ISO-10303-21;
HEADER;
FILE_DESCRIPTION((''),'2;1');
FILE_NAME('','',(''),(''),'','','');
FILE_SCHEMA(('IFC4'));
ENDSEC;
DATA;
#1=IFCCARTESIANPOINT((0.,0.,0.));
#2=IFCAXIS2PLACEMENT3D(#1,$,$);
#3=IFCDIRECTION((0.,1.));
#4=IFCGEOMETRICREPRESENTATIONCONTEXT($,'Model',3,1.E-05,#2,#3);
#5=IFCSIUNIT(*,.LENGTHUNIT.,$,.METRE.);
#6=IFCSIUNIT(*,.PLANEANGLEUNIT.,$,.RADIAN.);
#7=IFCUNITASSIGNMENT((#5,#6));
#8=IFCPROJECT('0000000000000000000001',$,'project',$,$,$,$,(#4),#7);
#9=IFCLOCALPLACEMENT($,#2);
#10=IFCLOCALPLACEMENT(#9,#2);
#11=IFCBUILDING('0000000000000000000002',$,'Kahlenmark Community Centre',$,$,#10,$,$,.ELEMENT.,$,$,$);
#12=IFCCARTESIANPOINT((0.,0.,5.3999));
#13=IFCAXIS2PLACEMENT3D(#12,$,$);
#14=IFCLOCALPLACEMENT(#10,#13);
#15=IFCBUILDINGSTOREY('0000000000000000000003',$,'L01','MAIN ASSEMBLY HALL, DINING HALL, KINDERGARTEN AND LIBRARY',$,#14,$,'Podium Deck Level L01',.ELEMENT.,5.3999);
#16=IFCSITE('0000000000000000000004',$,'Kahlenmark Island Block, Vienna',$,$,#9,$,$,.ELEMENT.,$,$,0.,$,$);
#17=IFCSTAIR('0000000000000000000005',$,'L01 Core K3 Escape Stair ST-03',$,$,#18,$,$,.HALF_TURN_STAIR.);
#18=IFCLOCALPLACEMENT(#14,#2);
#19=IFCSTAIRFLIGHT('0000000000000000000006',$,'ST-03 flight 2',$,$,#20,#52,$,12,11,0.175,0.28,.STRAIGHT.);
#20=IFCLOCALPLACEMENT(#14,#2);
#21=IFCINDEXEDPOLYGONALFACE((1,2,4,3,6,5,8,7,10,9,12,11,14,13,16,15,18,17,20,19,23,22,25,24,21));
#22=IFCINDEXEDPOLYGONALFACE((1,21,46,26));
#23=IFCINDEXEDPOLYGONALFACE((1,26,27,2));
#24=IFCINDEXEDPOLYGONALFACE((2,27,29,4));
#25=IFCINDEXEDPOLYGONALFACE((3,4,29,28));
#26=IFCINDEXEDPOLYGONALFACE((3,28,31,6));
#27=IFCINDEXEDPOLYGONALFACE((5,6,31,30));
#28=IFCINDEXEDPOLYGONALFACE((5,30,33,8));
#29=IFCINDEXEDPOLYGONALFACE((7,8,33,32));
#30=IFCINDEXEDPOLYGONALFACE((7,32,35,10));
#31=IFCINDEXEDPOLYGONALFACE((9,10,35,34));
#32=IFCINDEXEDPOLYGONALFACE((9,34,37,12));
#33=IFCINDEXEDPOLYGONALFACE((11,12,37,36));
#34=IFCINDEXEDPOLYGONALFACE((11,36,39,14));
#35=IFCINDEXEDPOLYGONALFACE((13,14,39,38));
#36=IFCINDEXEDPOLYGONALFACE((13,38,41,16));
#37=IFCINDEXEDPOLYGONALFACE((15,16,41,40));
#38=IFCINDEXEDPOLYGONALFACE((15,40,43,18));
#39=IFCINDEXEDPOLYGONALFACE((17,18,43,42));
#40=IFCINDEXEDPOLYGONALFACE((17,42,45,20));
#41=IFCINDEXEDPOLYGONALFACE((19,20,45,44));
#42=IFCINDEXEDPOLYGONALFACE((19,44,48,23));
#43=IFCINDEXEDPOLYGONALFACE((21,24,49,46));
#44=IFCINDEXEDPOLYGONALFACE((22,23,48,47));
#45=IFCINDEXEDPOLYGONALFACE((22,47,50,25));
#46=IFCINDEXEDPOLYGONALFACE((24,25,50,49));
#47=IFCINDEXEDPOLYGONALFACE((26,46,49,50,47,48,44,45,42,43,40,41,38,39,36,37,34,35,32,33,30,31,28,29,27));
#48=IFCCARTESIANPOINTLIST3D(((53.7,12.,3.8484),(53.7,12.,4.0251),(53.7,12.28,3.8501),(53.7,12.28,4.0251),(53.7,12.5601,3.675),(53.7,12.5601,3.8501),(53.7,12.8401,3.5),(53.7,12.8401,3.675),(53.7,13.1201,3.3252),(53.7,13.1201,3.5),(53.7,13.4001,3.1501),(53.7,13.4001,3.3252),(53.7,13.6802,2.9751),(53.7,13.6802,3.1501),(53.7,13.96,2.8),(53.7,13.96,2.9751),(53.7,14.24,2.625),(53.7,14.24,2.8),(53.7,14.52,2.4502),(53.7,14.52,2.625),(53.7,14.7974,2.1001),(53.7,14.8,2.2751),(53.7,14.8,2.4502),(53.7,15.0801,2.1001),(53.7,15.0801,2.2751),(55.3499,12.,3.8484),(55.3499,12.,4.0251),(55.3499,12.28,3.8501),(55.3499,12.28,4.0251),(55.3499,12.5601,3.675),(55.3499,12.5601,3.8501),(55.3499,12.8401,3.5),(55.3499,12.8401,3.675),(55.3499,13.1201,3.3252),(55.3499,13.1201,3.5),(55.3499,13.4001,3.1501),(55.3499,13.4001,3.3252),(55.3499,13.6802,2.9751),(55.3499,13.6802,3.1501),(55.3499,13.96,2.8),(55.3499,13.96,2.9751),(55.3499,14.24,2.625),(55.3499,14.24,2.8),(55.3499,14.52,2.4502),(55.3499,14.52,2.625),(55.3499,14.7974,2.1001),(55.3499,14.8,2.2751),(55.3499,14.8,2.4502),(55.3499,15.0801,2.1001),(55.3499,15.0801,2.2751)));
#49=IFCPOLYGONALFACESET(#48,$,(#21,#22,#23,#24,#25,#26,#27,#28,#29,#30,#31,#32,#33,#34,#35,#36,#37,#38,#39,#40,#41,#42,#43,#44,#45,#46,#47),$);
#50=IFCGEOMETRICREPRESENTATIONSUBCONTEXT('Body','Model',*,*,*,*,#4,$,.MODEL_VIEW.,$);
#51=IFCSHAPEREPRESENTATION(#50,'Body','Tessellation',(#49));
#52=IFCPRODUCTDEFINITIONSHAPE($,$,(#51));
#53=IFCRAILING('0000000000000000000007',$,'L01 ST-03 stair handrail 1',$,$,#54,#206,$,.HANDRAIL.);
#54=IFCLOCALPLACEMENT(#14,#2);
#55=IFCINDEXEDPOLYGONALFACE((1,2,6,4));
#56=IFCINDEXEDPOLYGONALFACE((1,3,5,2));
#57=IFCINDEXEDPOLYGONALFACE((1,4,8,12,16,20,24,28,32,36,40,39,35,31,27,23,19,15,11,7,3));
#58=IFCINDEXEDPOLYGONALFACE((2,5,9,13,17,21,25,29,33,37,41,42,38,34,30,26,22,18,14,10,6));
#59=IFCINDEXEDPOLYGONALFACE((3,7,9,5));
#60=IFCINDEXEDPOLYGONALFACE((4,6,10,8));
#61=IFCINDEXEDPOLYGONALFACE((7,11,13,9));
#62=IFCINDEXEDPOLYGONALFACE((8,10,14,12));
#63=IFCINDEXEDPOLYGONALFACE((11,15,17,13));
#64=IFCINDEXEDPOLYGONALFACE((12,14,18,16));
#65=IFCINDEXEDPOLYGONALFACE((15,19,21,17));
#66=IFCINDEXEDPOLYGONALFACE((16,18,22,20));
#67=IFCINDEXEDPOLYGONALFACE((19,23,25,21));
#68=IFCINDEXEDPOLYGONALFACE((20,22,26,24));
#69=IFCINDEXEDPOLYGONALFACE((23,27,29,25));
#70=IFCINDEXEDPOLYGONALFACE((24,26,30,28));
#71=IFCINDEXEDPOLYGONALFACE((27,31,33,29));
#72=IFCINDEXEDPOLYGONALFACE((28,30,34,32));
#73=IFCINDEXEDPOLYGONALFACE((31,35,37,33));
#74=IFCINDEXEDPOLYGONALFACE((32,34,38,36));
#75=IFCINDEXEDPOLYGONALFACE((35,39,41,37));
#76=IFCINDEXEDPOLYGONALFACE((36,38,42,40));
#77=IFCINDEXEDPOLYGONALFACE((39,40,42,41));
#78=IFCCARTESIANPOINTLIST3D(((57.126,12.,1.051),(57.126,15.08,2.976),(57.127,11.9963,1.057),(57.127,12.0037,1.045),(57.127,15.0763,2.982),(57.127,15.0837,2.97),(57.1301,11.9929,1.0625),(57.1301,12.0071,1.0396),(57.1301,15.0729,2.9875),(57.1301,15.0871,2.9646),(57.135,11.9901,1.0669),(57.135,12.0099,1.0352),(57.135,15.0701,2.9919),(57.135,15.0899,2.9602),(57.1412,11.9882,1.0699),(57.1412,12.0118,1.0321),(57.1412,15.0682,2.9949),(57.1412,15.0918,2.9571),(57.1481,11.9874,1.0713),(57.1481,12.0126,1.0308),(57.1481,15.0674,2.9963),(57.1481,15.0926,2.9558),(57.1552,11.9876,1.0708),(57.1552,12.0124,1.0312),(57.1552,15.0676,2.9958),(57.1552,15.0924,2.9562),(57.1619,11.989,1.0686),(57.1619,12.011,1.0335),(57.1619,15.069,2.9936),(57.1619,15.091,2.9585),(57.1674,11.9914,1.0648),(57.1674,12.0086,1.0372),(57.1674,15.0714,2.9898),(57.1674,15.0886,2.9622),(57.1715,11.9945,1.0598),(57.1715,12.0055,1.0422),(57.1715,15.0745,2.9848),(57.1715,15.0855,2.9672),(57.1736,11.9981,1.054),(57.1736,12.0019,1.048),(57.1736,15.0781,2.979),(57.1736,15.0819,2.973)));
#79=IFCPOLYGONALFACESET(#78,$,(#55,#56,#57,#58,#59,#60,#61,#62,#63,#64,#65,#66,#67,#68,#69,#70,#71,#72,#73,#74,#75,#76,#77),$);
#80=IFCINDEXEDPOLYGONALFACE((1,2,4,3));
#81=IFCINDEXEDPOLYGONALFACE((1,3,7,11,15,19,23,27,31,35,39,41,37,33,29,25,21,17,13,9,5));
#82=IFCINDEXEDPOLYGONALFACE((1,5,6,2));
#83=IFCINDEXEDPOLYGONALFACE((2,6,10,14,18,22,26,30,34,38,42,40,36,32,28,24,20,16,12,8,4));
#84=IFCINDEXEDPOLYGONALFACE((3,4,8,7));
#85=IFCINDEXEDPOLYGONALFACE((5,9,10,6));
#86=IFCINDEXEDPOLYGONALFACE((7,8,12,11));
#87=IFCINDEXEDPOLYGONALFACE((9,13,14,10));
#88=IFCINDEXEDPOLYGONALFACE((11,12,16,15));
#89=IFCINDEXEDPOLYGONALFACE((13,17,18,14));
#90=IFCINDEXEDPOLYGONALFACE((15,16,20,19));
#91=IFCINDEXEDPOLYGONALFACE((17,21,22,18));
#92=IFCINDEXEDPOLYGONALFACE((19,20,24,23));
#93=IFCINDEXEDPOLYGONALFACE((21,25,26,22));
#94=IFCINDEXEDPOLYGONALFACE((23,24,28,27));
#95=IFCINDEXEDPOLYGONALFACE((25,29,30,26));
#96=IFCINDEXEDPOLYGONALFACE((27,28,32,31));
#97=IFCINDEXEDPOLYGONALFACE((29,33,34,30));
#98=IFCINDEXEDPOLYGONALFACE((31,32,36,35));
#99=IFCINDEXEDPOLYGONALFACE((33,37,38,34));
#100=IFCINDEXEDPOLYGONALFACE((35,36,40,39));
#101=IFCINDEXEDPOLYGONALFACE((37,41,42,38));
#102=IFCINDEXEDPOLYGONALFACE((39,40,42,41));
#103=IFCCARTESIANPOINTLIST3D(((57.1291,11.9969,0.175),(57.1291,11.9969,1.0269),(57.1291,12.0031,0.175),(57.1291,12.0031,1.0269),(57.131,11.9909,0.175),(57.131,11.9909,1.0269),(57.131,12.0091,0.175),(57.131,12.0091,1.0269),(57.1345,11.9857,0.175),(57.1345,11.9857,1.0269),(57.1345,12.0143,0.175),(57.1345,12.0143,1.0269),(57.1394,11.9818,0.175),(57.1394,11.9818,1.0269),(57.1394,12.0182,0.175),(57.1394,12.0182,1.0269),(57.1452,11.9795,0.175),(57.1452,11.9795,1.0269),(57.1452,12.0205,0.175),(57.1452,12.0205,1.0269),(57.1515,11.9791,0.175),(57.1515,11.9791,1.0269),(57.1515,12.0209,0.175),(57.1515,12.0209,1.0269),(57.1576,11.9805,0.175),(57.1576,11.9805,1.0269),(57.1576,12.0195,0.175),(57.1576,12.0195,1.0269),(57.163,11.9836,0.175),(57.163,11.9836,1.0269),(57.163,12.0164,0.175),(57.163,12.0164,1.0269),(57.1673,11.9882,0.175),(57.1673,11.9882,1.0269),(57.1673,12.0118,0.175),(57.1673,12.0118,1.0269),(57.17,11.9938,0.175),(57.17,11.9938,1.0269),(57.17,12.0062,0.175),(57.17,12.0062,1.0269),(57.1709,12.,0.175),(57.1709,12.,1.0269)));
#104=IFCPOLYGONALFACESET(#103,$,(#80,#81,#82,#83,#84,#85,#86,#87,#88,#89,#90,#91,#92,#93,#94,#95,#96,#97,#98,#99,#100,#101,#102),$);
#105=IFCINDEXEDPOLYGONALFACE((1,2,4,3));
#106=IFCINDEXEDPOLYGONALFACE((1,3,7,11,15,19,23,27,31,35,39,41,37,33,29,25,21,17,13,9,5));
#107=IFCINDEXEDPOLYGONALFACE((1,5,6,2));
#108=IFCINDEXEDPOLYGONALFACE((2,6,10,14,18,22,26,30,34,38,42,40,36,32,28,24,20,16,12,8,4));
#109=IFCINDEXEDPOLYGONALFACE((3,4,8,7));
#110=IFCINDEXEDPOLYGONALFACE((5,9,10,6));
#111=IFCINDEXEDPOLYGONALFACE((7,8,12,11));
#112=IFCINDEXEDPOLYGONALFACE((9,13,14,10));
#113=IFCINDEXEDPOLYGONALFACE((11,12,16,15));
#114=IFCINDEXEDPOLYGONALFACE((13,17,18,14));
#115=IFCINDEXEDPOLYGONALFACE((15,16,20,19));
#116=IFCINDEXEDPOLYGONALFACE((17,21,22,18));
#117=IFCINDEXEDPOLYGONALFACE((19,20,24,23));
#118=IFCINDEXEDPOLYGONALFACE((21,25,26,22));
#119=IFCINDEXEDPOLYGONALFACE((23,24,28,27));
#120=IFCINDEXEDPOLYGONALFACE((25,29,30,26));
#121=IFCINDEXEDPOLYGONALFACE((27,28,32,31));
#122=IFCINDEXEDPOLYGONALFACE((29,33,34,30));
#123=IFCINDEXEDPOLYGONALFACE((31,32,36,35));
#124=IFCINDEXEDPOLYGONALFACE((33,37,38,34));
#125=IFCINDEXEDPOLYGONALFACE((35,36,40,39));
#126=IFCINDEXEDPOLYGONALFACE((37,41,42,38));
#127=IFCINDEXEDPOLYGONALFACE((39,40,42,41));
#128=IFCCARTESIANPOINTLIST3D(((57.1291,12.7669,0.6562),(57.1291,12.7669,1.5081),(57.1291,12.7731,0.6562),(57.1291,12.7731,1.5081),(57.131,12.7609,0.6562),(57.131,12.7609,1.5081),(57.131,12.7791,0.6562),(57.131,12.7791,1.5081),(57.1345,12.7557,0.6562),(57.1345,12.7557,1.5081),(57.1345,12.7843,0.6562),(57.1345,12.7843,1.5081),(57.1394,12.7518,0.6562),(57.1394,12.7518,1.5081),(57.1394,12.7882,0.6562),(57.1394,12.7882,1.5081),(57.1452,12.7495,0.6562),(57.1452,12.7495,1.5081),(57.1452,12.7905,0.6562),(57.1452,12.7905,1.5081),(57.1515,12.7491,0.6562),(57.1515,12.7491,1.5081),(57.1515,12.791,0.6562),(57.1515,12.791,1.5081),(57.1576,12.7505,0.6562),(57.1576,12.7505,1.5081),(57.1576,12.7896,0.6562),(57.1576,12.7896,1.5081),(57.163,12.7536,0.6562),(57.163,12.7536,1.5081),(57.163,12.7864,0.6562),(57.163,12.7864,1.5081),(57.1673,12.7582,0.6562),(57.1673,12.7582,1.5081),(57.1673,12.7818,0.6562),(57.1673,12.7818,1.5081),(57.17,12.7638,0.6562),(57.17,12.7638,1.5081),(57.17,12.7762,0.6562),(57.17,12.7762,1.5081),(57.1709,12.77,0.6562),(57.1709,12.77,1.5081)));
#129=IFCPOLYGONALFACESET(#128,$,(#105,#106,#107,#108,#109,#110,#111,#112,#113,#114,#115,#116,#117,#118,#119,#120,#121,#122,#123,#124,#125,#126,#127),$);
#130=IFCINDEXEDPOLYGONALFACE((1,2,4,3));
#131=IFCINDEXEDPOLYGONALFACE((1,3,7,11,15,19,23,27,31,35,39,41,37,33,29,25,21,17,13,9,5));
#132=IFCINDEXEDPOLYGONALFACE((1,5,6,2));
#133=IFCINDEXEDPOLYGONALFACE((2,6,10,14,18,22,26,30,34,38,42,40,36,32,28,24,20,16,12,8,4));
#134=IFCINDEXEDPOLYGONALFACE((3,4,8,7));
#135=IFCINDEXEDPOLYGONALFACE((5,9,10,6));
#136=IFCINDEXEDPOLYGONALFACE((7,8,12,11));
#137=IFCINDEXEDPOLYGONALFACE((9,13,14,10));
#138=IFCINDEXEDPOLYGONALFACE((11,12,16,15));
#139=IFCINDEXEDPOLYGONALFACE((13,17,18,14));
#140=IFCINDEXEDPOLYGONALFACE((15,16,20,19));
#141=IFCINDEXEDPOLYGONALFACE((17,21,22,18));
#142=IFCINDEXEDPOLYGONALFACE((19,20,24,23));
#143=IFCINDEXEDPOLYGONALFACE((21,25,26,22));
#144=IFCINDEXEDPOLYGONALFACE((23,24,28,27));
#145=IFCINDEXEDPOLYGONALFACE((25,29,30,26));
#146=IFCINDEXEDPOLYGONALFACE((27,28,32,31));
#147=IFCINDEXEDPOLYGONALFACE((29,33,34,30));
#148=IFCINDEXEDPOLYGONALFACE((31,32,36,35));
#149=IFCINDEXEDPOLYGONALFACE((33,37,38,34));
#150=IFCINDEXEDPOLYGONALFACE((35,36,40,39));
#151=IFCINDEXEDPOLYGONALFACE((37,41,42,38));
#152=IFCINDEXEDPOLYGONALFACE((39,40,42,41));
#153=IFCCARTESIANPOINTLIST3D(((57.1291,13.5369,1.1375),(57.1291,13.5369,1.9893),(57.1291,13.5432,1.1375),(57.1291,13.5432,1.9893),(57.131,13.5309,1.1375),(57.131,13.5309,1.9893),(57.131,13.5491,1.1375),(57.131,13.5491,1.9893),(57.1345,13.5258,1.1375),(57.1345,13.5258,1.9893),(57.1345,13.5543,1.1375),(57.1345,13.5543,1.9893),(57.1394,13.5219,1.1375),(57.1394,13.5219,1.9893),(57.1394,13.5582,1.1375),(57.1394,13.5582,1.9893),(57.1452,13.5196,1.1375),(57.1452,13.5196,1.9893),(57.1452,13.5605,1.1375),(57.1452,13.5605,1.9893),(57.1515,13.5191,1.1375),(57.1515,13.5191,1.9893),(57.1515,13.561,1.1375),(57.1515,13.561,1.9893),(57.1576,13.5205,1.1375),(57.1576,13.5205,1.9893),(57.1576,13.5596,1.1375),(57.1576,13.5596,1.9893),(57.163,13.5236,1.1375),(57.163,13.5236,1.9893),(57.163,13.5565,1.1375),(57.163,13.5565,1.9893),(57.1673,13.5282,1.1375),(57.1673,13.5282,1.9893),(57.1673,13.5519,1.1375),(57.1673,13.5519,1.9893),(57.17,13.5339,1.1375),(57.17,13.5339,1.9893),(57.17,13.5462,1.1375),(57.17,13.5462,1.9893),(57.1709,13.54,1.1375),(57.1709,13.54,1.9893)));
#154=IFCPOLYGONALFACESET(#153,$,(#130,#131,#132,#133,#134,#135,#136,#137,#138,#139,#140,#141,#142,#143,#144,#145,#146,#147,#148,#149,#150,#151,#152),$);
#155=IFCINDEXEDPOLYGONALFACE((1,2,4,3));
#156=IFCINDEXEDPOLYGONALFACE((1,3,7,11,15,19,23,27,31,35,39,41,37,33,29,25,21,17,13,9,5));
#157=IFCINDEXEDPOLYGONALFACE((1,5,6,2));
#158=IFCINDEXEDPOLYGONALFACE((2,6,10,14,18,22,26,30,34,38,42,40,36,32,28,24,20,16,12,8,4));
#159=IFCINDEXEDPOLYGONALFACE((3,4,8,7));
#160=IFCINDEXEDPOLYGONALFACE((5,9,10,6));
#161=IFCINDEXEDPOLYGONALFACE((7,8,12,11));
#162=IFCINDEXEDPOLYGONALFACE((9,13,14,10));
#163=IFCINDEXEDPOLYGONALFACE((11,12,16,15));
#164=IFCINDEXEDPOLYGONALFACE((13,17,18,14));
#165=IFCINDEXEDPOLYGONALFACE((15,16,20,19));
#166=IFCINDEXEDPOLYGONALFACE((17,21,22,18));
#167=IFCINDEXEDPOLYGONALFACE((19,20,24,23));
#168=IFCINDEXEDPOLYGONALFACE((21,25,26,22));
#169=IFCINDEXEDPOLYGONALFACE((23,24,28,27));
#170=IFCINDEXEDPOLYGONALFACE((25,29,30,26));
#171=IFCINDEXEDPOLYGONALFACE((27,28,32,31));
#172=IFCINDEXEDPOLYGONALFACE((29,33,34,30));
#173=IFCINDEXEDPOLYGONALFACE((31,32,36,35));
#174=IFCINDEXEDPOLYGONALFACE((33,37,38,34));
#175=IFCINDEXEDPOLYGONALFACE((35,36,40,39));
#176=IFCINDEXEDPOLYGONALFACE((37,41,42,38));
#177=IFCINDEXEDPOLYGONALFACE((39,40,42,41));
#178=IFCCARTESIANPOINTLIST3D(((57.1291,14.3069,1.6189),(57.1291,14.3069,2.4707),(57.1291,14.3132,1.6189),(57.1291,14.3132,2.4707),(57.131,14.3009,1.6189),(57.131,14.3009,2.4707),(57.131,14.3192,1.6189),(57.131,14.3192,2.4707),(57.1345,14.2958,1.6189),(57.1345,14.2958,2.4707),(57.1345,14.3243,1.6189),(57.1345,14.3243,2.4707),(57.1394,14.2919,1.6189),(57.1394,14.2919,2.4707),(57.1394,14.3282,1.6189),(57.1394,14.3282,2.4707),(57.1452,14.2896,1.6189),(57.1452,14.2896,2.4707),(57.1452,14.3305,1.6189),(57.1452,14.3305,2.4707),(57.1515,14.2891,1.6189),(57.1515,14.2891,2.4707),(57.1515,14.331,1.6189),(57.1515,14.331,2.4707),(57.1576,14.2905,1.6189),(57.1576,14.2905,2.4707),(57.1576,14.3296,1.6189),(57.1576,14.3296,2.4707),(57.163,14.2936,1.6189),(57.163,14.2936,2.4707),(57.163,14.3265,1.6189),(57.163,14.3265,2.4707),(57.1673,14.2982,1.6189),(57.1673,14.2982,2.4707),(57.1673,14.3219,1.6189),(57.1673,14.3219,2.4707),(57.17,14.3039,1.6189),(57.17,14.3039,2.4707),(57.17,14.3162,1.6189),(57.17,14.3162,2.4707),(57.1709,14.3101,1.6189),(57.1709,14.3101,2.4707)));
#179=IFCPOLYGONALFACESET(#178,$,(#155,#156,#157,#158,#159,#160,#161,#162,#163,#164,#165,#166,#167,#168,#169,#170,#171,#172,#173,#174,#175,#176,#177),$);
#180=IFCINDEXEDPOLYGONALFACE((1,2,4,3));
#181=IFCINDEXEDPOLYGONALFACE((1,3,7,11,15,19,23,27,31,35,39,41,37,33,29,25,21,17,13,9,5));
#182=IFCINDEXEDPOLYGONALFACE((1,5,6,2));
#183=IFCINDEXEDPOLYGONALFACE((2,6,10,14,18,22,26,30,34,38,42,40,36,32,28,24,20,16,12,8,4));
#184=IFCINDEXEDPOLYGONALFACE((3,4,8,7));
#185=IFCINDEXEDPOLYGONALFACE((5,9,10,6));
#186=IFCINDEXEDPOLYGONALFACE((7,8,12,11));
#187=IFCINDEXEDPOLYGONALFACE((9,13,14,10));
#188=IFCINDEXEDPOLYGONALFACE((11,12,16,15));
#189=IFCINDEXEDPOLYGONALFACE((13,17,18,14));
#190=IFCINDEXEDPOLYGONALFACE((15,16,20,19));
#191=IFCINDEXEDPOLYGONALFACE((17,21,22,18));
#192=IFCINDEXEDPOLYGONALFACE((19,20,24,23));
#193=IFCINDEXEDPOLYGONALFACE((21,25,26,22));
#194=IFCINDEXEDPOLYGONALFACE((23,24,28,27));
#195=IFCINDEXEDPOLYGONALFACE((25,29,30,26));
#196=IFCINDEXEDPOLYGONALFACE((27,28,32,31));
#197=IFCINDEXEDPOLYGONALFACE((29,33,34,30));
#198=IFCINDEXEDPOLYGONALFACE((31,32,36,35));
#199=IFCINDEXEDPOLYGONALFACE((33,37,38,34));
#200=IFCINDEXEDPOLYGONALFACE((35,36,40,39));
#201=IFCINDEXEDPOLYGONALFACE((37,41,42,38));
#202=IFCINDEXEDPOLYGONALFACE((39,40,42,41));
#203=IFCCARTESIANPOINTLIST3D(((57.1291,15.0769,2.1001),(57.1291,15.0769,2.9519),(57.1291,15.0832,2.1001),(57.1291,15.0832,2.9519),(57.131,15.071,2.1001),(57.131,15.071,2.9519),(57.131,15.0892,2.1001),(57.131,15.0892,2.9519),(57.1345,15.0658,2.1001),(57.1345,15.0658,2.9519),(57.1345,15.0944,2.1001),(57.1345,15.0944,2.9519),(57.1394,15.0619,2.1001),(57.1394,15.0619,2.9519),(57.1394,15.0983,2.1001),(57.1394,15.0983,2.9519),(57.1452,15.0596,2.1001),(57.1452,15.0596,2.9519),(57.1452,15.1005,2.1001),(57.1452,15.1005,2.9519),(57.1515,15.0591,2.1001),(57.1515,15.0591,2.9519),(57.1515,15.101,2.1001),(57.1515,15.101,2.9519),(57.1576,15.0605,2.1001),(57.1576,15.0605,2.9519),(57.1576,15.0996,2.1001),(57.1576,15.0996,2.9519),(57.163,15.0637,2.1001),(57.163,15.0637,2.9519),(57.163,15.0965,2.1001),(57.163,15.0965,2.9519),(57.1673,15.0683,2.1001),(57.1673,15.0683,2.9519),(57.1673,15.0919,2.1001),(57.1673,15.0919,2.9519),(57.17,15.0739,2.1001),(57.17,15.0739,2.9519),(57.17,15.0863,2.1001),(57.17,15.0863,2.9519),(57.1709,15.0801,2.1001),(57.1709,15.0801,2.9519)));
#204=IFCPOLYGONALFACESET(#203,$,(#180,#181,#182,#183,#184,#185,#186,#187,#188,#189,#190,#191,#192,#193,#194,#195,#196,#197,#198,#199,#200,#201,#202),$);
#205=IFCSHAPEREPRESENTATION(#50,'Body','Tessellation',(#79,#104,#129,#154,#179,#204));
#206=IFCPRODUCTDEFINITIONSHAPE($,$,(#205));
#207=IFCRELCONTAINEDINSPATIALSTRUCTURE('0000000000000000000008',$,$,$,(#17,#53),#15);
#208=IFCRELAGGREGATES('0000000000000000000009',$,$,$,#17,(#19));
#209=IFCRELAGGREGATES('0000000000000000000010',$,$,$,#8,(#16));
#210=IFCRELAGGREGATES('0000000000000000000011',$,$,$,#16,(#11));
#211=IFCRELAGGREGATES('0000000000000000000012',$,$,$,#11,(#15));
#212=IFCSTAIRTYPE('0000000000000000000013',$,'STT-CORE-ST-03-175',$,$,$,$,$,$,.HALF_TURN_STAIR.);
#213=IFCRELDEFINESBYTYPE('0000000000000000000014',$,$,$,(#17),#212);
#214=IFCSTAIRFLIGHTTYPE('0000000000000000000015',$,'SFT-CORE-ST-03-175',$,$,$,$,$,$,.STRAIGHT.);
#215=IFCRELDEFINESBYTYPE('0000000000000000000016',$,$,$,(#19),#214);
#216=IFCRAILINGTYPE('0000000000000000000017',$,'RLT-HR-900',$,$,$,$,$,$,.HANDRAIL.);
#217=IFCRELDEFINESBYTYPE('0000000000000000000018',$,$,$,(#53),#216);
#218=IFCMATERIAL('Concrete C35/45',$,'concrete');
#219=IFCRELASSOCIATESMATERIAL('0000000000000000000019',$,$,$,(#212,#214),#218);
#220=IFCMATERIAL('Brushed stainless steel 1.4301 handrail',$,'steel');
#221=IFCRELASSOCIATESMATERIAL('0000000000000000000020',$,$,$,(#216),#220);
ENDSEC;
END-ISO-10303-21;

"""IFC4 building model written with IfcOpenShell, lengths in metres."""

from ifc_helpers import new_model, si_unit, direction, frame, origin, origin_2d, place, context, subcontext, project, spatial, polyline, circle, outline, extrude, material, type_object, element, aggregate, save


model = new_model("IFC4")

# Units and contexts
model_context = context("Model", 3, precision=1e-05, world=origin(), true_north=direction((0.0, 1.0)))
body_context = subcontext(model_context, "Body", "Model", "MODEL_VIEW")
ifc_project = project(units=[si_unit("LENGTHUNIT", "METRE"), si_unit("PLANEANGLEUNIT", "RADIAN")], contexts=[model_context])

# Site, building, storey
site_placement = place(None, origin())
site = spatial("IfcSite", under=ifc_project, at=site_placement, Name="Kahlenmark Island Block, Vienna", CompositionType="ELEMENT", RefElevation=0.0)
building_placement = place(site_placement, origin())
building = spatial("IfcBuilding", under=site, at=building_placement, Name="Kahlenmark Community Centre", CompositionType="ELEMENT")
storey_placement = place(building_placement, frame((0.0, 0.0, 5.3999)))
storey = spatial("IfcBuildingStorey", under=building, at=storey_placement, Name="L01", Description="MAIN ASSEMBLY HALL, DINING HALL, KINDERGARTEN AND LIBRARY", LongName="Podium Deck Level L01", CompositionType="ELEMENT", Elevation=5.3999)

# Stair, stair flight
ifc_material_1 = material(Name="Concrete C35/45", Category="concrete")
stair_type = type_object("IfcStairType", Name="STT-CORE-ST-03-175", PredefinedType="HALF_TURN_STAIR", material=ifc_material_1)
stair_placement = place(storey_placement, origin())
stair = element("IfcStair", 1, at=stair_placement, inside=storey, type_object=stair_type, Name="L01 Core K3 Escape Stair ST-03", PredefinedType="HALF_TURN_STAIR")
stair_flight_type = type_object("IfcStairFlightType", Name="SFT-CORE-ST-03-175", PredefinedType="STRAIGHT", material=ifc_material_1)
stair_flight_1_placement = place(storey_placement, frame((54.5249, 15.0801, 2.1001), z_axis=(0.0, 0.0, 1.0), x_axis=(0.0, -1.0, 0.0)))
stair_flight_1 = element("IfcStairFlight", 2, at=stair_flight_1_placement, type_object=stair_flight_type, Name="ST-03 flight 2", NumberOfRisers=12, NumberOfTreads=11, PredefinedType="STRAIGHT", RiserHeight=0.175, TreadLength=0.28, context=body_context, shape_type="SweptSolid", body=[
    extrude(outline(polyline([(0.0, 0.0), (0.0, 0.175), (0.28, 0.175), (0.28, 0.3501), (0.5601, 0.3501), (0.5601, 0.5249), (0.8401, 0.5249), (0.8401, 0.7), (1.1201, 0.7), (1.1201, 0.875), (1.3999, 0.875), (1.3999, 1.05), (1.6799, 1.05), (1.6799, 1.2251), (1.96, 1.2251), (1.96, 1.3999), (2.24, 1.3999), (2.24, 1.575), (2.52, 1.575), (2.52, 1.75), (2.8, 1.75), (2.8, 1.925), (3.0801, 1.925), (3.0801, 2.1001), (3.0801, 1.7483), (0.2827, 0.0), (0.0, 0.0)])), frame((0.0, 0.825, 0.0), z_axis=(0.0, -1.0, 0.0), x_axis=(1.0, 0.0, 0.0)), (0.0, 0.0, 1.0), 1.6499),
])
aggregate(stair, [stair_flight_1])

# Railing
ifc_material_2 = material(Name="Brushed stainless steel 1.4301 handrail", Category="steel")
railing_type_1 = type_object("IfcRailingType", Name="RLT-HR-900", PredefinedType="HANDRAIL", material=ifc_material_2)
railing_1_placement = place(storey_placement, frame((57.1499, 12.0, 0.175)))
element("IfcRailing", 3, at=railing_1_placement, inside=storey, type_object=railing_type_1, Name="L01 ST-03 stair handrail 1", PredefinedType="HANDRAIL", context=body_context, shape_type="SweptSolid", body=[
    extrude(circle(Radius=0.0239, at=origin_2d()), frame((0.0, 0.0, 0.876), z_axis=(0.0, 0.847998, 0.529999), x_axis=(-1.0, 0.0, 0.0)), (0.0, 0.0, 1.0), 3.6321),
    extrude(circle(Radius=0.021, at=origin_2d()), origin(), (0.0, 0.0, 1.0), 0.8518),
    extrude(circle(Radius=0.021, at=origin_2d()), frame((0.0, 0.77, 0.4812)), (0.0, 0.0, 1.0), 0.8518),
    extrude(circle(Radius=0.021, at=origin_2d()), frame((0.0, 1.54, 0.9624)), (0.0, 0.0, 1.0), 0.8518),
    extrude(circle(Radius=0.021, at=origin_2d()), frame((0.0, 2.3101, 1.4438)), (0.0, 0.0, 1.0), 0.8518),
    extrude(circle(Radius=0.021, at=origin_2d()), frame((0.0, 3.0801, 1.925)), (0.0, 0.0, 1.0), 0.8518),
])

save(model, "model.ifc")
